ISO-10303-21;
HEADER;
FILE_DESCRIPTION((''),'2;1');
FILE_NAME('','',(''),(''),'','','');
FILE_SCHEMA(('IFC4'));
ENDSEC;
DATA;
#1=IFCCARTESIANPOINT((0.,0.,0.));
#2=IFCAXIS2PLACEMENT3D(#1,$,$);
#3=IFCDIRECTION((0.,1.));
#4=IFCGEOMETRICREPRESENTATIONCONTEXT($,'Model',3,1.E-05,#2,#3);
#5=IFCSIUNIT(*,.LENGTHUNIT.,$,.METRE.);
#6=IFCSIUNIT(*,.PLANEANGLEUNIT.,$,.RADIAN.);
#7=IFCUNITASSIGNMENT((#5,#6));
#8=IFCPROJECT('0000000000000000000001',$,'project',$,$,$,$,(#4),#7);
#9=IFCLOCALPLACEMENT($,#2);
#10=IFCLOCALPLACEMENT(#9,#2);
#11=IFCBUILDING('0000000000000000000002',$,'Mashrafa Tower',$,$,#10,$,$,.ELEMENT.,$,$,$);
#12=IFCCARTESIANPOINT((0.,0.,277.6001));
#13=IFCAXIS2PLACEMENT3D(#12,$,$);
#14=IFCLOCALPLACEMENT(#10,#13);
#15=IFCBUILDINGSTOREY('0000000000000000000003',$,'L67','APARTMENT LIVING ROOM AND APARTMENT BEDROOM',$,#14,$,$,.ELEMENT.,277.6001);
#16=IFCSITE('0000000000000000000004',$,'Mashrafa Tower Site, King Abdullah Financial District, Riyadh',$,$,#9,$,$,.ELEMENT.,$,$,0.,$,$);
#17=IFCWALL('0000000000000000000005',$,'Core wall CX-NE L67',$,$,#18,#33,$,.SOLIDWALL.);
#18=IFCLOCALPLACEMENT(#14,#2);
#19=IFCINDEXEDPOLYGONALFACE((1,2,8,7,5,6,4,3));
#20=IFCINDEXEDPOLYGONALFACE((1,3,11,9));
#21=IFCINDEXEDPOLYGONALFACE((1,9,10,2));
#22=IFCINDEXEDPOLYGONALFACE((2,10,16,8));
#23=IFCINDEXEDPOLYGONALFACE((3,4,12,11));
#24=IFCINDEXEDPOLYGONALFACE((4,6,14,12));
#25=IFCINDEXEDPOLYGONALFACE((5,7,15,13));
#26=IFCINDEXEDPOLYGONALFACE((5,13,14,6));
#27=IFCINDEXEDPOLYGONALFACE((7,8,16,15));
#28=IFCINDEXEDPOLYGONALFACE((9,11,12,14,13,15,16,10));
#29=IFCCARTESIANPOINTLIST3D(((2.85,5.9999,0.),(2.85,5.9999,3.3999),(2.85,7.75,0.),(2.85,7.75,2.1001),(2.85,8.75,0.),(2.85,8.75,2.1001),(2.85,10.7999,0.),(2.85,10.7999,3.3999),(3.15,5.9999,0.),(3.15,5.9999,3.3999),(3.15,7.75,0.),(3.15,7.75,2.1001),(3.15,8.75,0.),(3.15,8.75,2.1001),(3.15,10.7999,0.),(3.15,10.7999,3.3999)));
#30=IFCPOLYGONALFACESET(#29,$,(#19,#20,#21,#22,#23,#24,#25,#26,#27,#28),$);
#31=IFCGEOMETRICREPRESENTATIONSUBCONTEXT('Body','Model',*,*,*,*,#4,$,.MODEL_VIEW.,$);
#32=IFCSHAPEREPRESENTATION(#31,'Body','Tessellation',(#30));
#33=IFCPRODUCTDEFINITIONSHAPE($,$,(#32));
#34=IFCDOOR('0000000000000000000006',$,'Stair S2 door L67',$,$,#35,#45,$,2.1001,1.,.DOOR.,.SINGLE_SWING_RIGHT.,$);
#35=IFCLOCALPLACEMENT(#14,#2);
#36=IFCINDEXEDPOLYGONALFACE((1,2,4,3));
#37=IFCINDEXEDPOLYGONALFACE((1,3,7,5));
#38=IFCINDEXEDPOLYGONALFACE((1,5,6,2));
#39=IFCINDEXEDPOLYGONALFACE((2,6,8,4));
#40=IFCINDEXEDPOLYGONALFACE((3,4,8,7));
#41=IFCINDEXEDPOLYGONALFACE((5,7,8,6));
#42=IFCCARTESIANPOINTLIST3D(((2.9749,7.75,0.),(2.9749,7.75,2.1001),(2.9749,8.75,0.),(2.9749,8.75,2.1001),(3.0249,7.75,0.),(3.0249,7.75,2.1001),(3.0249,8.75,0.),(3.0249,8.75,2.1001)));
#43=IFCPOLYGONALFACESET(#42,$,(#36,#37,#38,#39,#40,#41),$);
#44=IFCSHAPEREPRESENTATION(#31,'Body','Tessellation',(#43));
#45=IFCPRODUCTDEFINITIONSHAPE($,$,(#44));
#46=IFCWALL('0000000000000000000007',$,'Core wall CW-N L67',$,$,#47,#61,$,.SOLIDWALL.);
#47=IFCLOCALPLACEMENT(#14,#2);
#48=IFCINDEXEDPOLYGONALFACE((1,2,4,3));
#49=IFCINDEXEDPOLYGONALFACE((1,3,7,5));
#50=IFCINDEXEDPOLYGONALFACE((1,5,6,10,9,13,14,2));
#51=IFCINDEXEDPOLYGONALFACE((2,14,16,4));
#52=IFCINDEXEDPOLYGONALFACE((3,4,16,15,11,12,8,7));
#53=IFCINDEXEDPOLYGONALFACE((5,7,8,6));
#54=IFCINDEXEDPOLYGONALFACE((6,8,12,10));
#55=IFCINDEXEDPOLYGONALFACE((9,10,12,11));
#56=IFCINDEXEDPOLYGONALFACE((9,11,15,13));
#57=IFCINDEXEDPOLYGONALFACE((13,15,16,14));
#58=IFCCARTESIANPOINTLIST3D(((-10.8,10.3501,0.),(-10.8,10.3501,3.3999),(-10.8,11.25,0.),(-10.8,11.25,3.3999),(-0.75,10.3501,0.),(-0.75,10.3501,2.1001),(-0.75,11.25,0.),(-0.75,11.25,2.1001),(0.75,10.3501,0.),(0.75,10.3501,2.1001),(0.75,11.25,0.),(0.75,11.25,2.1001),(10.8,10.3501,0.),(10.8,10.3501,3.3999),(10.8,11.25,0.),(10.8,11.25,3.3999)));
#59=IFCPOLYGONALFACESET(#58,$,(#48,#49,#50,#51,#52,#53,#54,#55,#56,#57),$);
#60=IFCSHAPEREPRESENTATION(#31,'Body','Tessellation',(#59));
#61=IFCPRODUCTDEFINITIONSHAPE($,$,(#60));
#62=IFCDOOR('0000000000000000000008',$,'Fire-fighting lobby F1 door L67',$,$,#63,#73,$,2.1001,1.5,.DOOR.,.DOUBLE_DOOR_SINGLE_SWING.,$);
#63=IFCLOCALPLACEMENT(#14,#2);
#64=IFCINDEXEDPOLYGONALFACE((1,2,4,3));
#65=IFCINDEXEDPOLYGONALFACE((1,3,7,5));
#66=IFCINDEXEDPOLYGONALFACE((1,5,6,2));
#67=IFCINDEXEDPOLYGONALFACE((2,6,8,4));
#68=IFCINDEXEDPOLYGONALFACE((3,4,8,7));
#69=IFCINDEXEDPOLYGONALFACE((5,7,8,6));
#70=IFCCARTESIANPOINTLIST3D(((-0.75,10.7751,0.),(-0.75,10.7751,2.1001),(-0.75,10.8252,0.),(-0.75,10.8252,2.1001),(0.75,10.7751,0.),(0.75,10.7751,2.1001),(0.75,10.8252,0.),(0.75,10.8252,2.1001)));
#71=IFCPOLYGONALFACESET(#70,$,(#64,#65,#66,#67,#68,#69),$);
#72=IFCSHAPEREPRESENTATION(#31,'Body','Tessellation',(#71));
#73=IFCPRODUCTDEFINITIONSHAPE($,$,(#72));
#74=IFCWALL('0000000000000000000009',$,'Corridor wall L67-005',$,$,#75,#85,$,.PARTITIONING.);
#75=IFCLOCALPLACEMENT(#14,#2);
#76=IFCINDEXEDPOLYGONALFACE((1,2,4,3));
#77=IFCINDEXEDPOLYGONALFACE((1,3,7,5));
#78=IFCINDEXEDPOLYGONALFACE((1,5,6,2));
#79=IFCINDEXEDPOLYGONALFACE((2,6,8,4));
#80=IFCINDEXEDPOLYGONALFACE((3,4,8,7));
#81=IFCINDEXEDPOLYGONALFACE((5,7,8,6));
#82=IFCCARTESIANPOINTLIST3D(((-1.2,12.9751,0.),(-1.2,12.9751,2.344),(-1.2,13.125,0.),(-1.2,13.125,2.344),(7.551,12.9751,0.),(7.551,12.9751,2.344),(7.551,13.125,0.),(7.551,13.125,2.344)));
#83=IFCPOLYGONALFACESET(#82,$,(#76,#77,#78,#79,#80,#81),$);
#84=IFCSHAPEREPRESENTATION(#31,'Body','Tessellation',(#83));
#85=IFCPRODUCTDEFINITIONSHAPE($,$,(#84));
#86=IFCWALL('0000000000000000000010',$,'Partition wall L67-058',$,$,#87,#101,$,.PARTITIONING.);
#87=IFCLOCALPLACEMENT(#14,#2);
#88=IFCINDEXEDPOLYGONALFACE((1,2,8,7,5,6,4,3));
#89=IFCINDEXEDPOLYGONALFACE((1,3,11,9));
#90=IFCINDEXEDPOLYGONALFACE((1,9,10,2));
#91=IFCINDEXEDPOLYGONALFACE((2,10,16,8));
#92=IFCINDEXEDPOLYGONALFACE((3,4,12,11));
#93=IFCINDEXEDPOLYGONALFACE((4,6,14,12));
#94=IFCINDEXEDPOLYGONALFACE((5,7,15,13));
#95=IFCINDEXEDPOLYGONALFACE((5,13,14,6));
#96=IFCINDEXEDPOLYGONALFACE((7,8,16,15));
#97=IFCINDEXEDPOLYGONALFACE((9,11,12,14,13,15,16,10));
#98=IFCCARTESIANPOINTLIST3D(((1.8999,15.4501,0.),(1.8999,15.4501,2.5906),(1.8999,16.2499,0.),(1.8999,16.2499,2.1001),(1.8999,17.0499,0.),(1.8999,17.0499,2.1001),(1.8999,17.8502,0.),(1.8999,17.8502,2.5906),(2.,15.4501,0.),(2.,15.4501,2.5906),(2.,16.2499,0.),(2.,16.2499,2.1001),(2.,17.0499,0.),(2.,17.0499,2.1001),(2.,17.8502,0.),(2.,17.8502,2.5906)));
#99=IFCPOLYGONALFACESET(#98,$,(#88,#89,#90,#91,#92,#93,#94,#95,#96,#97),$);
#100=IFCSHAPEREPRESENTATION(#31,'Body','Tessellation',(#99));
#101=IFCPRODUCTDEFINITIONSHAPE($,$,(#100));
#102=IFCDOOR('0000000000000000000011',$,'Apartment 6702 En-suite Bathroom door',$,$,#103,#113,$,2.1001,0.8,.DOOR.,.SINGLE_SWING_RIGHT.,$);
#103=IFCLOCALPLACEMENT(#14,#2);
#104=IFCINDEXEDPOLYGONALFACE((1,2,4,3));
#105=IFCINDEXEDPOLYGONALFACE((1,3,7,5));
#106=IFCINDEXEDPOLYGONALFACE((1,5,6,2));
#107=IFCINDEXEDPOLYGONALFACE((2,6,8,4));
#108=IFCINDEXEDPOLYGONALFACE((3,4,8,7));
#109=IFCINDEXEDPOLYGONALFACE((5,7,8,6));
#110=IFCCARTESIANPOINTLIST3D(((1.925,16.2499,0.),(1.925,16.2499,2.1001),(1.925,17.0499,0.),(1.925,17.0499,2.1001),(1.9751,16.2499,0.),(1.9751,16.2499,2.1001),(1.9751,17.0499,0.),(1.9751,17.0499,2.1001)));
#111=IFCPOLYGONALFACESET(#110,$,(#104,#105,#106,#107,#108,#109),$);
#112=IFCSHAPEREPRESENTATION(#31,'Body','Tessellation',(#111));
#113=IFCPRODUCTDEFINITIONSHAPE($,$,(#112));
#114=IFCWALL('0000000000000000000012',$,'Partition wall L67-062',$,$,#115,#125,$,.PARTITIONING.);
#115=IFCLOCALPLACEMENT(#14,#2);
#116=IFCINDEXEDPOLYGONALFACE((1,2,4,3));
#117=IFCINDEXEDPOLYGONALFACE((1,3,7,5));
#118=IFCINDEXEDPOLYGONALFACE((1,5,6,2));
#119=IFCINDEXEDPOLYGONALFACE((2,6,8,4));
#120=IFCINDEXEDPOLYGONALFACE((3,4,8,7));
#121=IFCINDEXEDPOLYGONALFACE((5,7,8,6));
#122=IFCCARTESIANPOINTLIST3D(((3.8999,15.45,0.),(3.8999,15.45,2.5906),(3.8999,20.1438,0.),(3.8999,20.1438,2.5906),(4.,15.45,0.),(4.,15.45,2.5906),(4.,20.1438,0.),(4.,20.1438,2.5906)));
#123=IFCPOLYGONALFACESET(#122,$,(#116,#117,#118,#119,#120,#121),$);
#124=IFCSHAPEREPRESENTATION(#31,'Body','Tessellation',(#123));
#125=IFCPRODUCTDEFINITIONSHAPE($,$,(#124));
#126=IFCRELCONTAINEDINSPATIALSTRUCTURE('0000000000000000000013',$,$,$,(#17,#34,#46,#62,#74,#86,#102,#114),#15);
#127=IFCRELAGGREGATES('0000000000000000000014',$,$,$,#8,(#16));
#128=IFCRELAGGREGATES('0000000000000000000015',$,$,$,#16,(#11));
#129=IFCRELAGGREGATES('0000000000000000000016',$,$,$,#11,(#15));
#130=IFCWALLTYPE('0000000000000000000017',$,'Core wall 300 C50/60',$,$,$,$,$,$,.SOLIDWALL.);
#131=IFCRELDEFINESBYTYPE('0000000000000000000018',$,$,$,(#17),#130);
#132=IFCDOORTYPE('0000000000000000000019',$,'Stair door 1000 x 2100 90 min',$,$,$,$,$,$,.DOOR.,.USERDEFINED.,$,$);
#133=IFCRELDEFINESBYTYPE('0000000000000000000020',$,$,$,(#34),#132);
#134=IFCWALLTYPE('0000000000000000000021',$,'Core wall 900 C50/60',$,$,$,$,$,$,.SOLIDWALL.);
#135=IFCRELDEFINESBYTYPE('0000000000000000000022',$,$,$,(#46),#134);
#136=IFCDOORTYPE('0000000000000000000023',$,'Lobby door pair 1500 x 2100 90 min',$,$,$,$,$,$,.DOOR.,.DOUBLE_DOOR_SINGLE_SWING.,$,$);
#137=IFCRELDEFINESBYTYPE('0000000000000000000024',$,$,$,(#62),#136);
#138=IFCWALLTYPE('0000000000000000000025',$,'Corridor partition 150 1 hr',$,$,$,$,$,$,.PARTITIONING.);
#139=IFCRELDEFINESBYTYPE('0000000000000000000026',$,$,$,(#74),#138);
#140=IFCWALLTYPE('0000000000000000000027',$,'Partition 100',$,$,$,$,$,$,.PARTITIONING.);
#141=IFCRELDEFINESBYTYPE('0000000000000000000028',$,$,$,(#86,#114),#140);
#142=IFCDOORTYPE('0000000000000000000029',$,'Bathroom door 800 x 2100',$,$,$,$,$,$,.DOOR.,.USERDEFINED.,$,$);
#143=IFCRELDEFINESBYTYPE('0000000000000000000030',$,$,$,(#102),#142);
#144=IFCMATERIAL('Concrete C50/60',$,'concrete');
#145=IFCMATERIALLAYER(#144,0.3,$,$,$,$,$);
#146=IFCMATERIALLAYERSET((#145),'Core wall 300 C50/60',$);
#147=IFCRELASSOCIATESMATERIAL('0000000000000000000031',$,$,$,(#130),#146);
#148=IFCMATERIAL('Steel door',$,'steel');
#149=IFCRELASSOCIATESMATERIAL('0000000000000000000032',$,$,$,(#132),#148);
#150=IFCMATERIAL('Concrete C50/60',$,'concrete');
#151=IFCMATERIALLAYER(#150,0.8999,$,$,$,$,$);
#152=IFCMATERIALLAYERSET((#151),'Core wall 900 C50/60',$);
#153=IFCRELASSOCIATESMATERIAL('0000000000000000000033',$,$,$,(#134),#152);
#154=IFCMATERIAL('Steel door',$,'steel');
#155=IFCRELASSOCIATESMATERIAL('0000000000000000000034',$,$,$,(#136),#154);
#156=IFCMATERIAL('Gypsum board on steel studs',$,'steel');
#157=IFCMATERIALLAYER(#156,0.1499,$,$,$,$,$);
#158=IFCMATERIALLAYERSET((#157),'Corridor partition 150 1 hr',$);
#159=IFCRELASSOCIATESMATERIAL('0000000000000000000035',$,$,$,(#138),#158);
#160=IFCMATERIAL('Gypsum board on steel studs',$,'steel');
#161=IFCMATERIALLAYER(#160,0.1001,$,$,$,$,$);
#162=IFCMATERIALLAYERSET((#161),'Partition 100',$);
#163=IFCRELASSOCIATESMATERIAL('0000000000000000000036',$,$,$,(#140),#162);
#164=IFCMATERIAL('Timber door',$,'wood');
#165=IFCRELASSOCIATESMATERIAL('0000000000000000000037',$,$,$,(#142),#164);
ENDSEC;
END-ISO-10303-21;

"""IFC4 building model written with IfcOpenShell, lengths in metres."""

from ifc_helpers import new_model, si_unit, direction, frame, frame_2d, origin, place, context, subcontext, project, spatial, rectangle, extrude, material, layer, layer_set, type_object, element, fill, save


model = new_model("IFC4")

# Units and contexts
model_context = context("Model", 3, precision=1e-05, world=origin(), true_north=direction((0.0, 1.0)))
body_context = subcontext(model_context, "Body", "Model", "MODEL_VIEW")
ifc_project = project(units=[si_unit("LENGTHUNIT", "METRE"), si_unit("PLANEANGLEUNIT", "RADIAN")], contexts=[model_context])

# Site, building, storey
site_placement = place(None, origin())
site = spatial("IfcSite", under=ifc_project, at=site_placement, Name="Mashrafa Tower Site, King Abdullah Financial District, Riyadh", CompositionType="ELEMENT", RefElevation=0.0)
building_placement = place(site_placement, origin())
building = spatial("IfcBuilding", under=site, at=building_placement, Name="Mashrafa Tower", CompositionType="ELEMENT")
storey_placement = place(building_placement, frame((0.0, 0.0, 277.6001)))
storey = spatial("IfcBuildingStorey", under=building, at=storey_placement, Name="L67", Description="APARTMENT LIVING ROOM AND APARTMENT BEDROOM", CompositionType="ELEMENT", Elevation=277.6001)

# Walls, openings, doors
ifc_material_1 = material(Name="Concrete C50/60", Category="concrete")
ifc_layer_1 = layer(ifc_material_1, 0.3)
ifc_layer_set_1 = layer_set([ifc_layer_1], Name="Core wall 300 C50/60")
wall_type_1 = type_object("IfcWallType", Name="Core wall 300 C50/60", PredefinedType="SOLIDWALL", material=ifc_layer_set_1)
wall_1_placement = place(storey_placement, frame((3.0, 6.0, 0.0), z_axis=(0.0, 0.0, 1.0), x_axis=(0.0, 1.0, 0.0)))
wall_1 = element("IfcWall", 1, at=wall_1_placement, inside=storey, type_object=wall_type_1, Name="Core wall CX-NE L67", PredefinedType="SOLIDWALL", context=body_context, shape_type="SweptSolid", body=[
    extrude(rectangle(XDim=4.8, YDim=0.3, at=frame_2d((2.3999, 0.0))), origin(), (0.0, 0.0, 1.0), 3.3999),
])
opening_1_placement = place(wall_1_placement, frame((1.75, 0.0, 0.0)))
opening_1 = element("IfcOpeningElement", 2, at=opening_1_placement, cuts=wall_1, PredefinedType="OPENING", context=body_context, shape_type="SweptSolid", body=[
    extrude(rectangle(XDim=1.0, YDim=2.1001, at=frame_2d((0.5, 1.05))), frame((0.0, 0.1599, 0.0), z_axis=(0.0, -1.0, 0.0), x_axis=(1.0, 0.0, 0.0)), (0.0, 0.0, 1.0), 0.3201),
])
ifc_material_2 = material(Name="Steel door", Category="steel")
door_type_1 = type_object("IfcDoorType", Name="Stair door 1000 x 2100 90 min", OperationType="USERDEFINED", PredefinedType="DOOR", material=ifc_material_2)
door_1_placement = place(opening_1_placement, frame((1.0, 0.0, 0.0), z_axis=(0.0, 0.0, 1.0), x_axis=(-1.0, 0.0, 0.0)))
door_1 = element("IfcDoor", 3, at=door_1_placement, inside=storey, type_object=door_type_1, Name="Stair S2 door L67", OperationType="SINGLE_SWING_RIGHT", OverallHeight=2.1001, OverallWidth=1.0, PredefinedType="DOOR", context=body_context, shape_type="SweptSolid", body=[
    extrude(rectangle(XDim=1.0, YDim=2.1001, at=frame_2d((0.5, 1.05))), frame((0.0, 0.0249, 0.0), z_axis=(0.0, -1.0, 0.0), x_axis=(1.0, 0.0, 0.0)), (0.0, 0.0, 1.0), 0.05),
])
fill(opening_1, door_1)
ifc_material_3 = material(Name="Concrete C50/60", Category="concrete")
ifc_layer_2 = layer(ifc_material_3, 0.8999)
ifc_layer_set_2 = layer_set([ifc_layer_2], Name="Core wall 900 C50/60")
wall_type_2 = type_object("IfcWallType", Name="Core wall 900 C50/60", PredefinedType="SOLIDWALL", material=ifc_layer_set_2)
wall_2_placement = place(storey_placement, frame((10.8, 10.8, 0.0), z_axis=(0.0, 0.0, 1.0), x_axis=(-1.0, 0.0, 0.0)))
wall_2 = element("IfcWall", 4, at=wall_2_placement, inside=storey, type_object=wall_type_2, Name="Core wall CW-N L67", PredefinedType="SOLIDWALL", context=body_context, shape_type="SweptSolid", body=[
    extrude(rectangle(XDim=21.6001, YDim=0.8999, at=frame_2d((10.8, 0.0))), origin(), (0.0, 0.0, 1.0), 3.3999),
])
opening_2_placement = place(wall_2_placement, frame((10.05, 0.0, 0.0)))
opening_2 = element("IfcOpeningElement", 5, at=opening_2_placement, cuts=wall_2, PredefinedType="OPENING", context=body_context, shape_type="SweptSolid", body=[
    extrude(rectangle(XDim=1.5, YDim=2.1001, at=frame_2d((0.75, 1.05))), frame((0.0, 0.46, 0.0), z_axis=(0.0, -1.0, 0.0), x_axis=(1.0, 0.0, 0.0)), (0.0, 0.0, 1.0), 0.9199),
])
ifc_material_4 = material(Name="Steel door", Category="steel")
door_type_2 = type_object("IfcDoorType", Name="Lobby door pair 1500 x 2100 90 min", OperationType="DOUBLE_DOOR_SINGLE_SWING", PredefinedType="DOOR", material=ifc_material_4)
door_2_placement = place(opening_2_placement, origin())
door_2 = element("IfcDoor", 6, at=door_2_placement, inside=storey, type_object=door_type_2, Name="Fire-fighting lobby F1 door L67", OperationType="DOUBLE_DOOR_SINGLE_SWING", OverallHeight=2.1001, OverallWidth=1.5, PredefinedType="DOOR", context=body_context, shape_type="SweptSolid", body=[
    extrude(rectangle(XDim=1.5, YDim=2.1001, at=frame_2d((0.75, 1.05))), frame((0.0, 0.0249, 0.0), z_axis=(0.0, -1.0, 0.0), x_axis=(1.0, 0.0, 0.0)), (0.0, 0.0, 1.0), 0.05),
])
fill(opening_2, door_2)

# Wall
ifc_material_5 = material(Name="Gypsum board on steel studs", Category="steel")
ifc_layer_3 = layer(ifc_material_5, 0.1499)
ifc_layer_set_3 = layer_set([ifc_layer_3], Name="Corridor partition 150 1 hr")
wall_type_3 = type_object("IfcWallType", Name="Corridor partition 150 1 hr", PredefinedType="PARTITIONING", material=ifc_layer_set_3)
wall_3_placement = place(storey_placement, frame((7.551, 13.05, 0.0), z_axis=(0.0, 0.0, 1.0), x_axis=(-1.0, 0.0, 0.0)))
element("IfcWall", 7, at=wall_3_placement, inside=storey, type_object=wall_type_3, Name="Corridor wall L67-005", PredefinedType="PARTITIONING", context=body_context, shape_type="SweptSolid", body=[
    extrude(rectangle(XDim=8.751, YDim=0.1499, at=frame_2d((4.3755, 0.0))), origin(), (0.0, 0.0, 1.0), 2.344),
])

# Wall, opening, door
ifc_material_6 = material(Name="Gypsum board on steel studs", Category="steel")
ifc_layer_4 = layer(ifc_material_6, 0.1001)
ifc_layer_set_4 = layer_set([ifc_layer_4], Name="Partition 100")
wall_type_4 = type_object("IfcWallType", Name="Partition 100", PredefinedType="PARTITIONING", material=ifc_layer_set_4)
wall_4_placement = place(storey_placement, frame((1.95, 15.45, 0.0), z_axis=(0.0, 0.0, 1.0), x_axis=(0.0, 1.0, 0.0)))
wall_4 = element("IfcWall", 8, at=wall_4_placement, inside=storey, type_object=wall_type_4, Name="Partition wall L67-058", PredefinedType="PARTITIONING", context=body_context, shape_type="SweptSolid", body=[
    extrude(rectangle(XDim=2.4001, YDim=0.1001, at=frame_2d((1.2002, 0.0))), origin(), (0.0, 0.0, 1.0), 2.5906),
])
opening_3_placement = place(wall_4_placement, frame((0.8, 0.0, 0.0)))
opening_3 = element("IfcOpeningElement", 9, at=opening_3_placement, cuts=wall_4, PredefinedType="OPENING", context=body_context, shape_type="SweptSolid", body=[
    extrude(rectangle(XDim=0.8, YDim=2.1001, at=frame_2d((0.3999, 1.05))), frame((0.0, 0.0601, 0.0), z_axis=(0.0, -1.0, 0.0), x_axis=(1.0, 0.0, 0.0)), (0.0, 0.0, 1.0), 0.1201),
])
ifc_material_7 = material(Name="Timber door", Category="wood")
door_type_3 = type_object("IfcDoorType", Name="Bathroom door 800 x 2100", OperationType="USERDEFINED", PredefinedType="DOOR", material=ifc_material_7)
door_3_placement = place(opening_3_placement, origin())
door_3 = element("IfcDoor", 10, at=door_3_placement, inside=storey, type_object=door_type_3, Name="Apartment 6702 En-suite Bathroom door", OperationType="SINGLE_SWING_RIGHT", OverallHeight=2.1001, OverallWidth=0.8, PredefinedType="DOOR", context=body_context, shape_type="SweptSolid", body=[
    extrude(rectangle(XDim=0.8, YDim=2.1001, at=frame_2d((0.3999, 1.05))), frame((0.0, 0.0249, 0.0), z_axis=(0.0, -1.0, 0.0), x_axis=(1.0, 0.0, 0.0)), (0.0, 0.0, 1.0), 0.05),
])
fill(opening_3, door_3)

# Wall
wall_5_placement = place(storey_placement, frame((3.95, 15.45, 0.0), z_axis=(0.0, 0.0, 1.0), x_axis=(0.0, 1.0, 0.0)))
element("IfcWall", 11, at=wall_5_placement, inside=storey, type_object=wall_type_4, Name="Partition wall L67-062", PredefinedType="PARTITIONING", context=body_context, shape_type="SweptSolid", body=[
    extrude(rectangle(XDim=4.6938, YDim=0.1001, at=frame_2d((2.3469, 0.0))), origin(), (0.0, 0.0, 1.0), 2.5906),
])

save(model, "model.ifc")
